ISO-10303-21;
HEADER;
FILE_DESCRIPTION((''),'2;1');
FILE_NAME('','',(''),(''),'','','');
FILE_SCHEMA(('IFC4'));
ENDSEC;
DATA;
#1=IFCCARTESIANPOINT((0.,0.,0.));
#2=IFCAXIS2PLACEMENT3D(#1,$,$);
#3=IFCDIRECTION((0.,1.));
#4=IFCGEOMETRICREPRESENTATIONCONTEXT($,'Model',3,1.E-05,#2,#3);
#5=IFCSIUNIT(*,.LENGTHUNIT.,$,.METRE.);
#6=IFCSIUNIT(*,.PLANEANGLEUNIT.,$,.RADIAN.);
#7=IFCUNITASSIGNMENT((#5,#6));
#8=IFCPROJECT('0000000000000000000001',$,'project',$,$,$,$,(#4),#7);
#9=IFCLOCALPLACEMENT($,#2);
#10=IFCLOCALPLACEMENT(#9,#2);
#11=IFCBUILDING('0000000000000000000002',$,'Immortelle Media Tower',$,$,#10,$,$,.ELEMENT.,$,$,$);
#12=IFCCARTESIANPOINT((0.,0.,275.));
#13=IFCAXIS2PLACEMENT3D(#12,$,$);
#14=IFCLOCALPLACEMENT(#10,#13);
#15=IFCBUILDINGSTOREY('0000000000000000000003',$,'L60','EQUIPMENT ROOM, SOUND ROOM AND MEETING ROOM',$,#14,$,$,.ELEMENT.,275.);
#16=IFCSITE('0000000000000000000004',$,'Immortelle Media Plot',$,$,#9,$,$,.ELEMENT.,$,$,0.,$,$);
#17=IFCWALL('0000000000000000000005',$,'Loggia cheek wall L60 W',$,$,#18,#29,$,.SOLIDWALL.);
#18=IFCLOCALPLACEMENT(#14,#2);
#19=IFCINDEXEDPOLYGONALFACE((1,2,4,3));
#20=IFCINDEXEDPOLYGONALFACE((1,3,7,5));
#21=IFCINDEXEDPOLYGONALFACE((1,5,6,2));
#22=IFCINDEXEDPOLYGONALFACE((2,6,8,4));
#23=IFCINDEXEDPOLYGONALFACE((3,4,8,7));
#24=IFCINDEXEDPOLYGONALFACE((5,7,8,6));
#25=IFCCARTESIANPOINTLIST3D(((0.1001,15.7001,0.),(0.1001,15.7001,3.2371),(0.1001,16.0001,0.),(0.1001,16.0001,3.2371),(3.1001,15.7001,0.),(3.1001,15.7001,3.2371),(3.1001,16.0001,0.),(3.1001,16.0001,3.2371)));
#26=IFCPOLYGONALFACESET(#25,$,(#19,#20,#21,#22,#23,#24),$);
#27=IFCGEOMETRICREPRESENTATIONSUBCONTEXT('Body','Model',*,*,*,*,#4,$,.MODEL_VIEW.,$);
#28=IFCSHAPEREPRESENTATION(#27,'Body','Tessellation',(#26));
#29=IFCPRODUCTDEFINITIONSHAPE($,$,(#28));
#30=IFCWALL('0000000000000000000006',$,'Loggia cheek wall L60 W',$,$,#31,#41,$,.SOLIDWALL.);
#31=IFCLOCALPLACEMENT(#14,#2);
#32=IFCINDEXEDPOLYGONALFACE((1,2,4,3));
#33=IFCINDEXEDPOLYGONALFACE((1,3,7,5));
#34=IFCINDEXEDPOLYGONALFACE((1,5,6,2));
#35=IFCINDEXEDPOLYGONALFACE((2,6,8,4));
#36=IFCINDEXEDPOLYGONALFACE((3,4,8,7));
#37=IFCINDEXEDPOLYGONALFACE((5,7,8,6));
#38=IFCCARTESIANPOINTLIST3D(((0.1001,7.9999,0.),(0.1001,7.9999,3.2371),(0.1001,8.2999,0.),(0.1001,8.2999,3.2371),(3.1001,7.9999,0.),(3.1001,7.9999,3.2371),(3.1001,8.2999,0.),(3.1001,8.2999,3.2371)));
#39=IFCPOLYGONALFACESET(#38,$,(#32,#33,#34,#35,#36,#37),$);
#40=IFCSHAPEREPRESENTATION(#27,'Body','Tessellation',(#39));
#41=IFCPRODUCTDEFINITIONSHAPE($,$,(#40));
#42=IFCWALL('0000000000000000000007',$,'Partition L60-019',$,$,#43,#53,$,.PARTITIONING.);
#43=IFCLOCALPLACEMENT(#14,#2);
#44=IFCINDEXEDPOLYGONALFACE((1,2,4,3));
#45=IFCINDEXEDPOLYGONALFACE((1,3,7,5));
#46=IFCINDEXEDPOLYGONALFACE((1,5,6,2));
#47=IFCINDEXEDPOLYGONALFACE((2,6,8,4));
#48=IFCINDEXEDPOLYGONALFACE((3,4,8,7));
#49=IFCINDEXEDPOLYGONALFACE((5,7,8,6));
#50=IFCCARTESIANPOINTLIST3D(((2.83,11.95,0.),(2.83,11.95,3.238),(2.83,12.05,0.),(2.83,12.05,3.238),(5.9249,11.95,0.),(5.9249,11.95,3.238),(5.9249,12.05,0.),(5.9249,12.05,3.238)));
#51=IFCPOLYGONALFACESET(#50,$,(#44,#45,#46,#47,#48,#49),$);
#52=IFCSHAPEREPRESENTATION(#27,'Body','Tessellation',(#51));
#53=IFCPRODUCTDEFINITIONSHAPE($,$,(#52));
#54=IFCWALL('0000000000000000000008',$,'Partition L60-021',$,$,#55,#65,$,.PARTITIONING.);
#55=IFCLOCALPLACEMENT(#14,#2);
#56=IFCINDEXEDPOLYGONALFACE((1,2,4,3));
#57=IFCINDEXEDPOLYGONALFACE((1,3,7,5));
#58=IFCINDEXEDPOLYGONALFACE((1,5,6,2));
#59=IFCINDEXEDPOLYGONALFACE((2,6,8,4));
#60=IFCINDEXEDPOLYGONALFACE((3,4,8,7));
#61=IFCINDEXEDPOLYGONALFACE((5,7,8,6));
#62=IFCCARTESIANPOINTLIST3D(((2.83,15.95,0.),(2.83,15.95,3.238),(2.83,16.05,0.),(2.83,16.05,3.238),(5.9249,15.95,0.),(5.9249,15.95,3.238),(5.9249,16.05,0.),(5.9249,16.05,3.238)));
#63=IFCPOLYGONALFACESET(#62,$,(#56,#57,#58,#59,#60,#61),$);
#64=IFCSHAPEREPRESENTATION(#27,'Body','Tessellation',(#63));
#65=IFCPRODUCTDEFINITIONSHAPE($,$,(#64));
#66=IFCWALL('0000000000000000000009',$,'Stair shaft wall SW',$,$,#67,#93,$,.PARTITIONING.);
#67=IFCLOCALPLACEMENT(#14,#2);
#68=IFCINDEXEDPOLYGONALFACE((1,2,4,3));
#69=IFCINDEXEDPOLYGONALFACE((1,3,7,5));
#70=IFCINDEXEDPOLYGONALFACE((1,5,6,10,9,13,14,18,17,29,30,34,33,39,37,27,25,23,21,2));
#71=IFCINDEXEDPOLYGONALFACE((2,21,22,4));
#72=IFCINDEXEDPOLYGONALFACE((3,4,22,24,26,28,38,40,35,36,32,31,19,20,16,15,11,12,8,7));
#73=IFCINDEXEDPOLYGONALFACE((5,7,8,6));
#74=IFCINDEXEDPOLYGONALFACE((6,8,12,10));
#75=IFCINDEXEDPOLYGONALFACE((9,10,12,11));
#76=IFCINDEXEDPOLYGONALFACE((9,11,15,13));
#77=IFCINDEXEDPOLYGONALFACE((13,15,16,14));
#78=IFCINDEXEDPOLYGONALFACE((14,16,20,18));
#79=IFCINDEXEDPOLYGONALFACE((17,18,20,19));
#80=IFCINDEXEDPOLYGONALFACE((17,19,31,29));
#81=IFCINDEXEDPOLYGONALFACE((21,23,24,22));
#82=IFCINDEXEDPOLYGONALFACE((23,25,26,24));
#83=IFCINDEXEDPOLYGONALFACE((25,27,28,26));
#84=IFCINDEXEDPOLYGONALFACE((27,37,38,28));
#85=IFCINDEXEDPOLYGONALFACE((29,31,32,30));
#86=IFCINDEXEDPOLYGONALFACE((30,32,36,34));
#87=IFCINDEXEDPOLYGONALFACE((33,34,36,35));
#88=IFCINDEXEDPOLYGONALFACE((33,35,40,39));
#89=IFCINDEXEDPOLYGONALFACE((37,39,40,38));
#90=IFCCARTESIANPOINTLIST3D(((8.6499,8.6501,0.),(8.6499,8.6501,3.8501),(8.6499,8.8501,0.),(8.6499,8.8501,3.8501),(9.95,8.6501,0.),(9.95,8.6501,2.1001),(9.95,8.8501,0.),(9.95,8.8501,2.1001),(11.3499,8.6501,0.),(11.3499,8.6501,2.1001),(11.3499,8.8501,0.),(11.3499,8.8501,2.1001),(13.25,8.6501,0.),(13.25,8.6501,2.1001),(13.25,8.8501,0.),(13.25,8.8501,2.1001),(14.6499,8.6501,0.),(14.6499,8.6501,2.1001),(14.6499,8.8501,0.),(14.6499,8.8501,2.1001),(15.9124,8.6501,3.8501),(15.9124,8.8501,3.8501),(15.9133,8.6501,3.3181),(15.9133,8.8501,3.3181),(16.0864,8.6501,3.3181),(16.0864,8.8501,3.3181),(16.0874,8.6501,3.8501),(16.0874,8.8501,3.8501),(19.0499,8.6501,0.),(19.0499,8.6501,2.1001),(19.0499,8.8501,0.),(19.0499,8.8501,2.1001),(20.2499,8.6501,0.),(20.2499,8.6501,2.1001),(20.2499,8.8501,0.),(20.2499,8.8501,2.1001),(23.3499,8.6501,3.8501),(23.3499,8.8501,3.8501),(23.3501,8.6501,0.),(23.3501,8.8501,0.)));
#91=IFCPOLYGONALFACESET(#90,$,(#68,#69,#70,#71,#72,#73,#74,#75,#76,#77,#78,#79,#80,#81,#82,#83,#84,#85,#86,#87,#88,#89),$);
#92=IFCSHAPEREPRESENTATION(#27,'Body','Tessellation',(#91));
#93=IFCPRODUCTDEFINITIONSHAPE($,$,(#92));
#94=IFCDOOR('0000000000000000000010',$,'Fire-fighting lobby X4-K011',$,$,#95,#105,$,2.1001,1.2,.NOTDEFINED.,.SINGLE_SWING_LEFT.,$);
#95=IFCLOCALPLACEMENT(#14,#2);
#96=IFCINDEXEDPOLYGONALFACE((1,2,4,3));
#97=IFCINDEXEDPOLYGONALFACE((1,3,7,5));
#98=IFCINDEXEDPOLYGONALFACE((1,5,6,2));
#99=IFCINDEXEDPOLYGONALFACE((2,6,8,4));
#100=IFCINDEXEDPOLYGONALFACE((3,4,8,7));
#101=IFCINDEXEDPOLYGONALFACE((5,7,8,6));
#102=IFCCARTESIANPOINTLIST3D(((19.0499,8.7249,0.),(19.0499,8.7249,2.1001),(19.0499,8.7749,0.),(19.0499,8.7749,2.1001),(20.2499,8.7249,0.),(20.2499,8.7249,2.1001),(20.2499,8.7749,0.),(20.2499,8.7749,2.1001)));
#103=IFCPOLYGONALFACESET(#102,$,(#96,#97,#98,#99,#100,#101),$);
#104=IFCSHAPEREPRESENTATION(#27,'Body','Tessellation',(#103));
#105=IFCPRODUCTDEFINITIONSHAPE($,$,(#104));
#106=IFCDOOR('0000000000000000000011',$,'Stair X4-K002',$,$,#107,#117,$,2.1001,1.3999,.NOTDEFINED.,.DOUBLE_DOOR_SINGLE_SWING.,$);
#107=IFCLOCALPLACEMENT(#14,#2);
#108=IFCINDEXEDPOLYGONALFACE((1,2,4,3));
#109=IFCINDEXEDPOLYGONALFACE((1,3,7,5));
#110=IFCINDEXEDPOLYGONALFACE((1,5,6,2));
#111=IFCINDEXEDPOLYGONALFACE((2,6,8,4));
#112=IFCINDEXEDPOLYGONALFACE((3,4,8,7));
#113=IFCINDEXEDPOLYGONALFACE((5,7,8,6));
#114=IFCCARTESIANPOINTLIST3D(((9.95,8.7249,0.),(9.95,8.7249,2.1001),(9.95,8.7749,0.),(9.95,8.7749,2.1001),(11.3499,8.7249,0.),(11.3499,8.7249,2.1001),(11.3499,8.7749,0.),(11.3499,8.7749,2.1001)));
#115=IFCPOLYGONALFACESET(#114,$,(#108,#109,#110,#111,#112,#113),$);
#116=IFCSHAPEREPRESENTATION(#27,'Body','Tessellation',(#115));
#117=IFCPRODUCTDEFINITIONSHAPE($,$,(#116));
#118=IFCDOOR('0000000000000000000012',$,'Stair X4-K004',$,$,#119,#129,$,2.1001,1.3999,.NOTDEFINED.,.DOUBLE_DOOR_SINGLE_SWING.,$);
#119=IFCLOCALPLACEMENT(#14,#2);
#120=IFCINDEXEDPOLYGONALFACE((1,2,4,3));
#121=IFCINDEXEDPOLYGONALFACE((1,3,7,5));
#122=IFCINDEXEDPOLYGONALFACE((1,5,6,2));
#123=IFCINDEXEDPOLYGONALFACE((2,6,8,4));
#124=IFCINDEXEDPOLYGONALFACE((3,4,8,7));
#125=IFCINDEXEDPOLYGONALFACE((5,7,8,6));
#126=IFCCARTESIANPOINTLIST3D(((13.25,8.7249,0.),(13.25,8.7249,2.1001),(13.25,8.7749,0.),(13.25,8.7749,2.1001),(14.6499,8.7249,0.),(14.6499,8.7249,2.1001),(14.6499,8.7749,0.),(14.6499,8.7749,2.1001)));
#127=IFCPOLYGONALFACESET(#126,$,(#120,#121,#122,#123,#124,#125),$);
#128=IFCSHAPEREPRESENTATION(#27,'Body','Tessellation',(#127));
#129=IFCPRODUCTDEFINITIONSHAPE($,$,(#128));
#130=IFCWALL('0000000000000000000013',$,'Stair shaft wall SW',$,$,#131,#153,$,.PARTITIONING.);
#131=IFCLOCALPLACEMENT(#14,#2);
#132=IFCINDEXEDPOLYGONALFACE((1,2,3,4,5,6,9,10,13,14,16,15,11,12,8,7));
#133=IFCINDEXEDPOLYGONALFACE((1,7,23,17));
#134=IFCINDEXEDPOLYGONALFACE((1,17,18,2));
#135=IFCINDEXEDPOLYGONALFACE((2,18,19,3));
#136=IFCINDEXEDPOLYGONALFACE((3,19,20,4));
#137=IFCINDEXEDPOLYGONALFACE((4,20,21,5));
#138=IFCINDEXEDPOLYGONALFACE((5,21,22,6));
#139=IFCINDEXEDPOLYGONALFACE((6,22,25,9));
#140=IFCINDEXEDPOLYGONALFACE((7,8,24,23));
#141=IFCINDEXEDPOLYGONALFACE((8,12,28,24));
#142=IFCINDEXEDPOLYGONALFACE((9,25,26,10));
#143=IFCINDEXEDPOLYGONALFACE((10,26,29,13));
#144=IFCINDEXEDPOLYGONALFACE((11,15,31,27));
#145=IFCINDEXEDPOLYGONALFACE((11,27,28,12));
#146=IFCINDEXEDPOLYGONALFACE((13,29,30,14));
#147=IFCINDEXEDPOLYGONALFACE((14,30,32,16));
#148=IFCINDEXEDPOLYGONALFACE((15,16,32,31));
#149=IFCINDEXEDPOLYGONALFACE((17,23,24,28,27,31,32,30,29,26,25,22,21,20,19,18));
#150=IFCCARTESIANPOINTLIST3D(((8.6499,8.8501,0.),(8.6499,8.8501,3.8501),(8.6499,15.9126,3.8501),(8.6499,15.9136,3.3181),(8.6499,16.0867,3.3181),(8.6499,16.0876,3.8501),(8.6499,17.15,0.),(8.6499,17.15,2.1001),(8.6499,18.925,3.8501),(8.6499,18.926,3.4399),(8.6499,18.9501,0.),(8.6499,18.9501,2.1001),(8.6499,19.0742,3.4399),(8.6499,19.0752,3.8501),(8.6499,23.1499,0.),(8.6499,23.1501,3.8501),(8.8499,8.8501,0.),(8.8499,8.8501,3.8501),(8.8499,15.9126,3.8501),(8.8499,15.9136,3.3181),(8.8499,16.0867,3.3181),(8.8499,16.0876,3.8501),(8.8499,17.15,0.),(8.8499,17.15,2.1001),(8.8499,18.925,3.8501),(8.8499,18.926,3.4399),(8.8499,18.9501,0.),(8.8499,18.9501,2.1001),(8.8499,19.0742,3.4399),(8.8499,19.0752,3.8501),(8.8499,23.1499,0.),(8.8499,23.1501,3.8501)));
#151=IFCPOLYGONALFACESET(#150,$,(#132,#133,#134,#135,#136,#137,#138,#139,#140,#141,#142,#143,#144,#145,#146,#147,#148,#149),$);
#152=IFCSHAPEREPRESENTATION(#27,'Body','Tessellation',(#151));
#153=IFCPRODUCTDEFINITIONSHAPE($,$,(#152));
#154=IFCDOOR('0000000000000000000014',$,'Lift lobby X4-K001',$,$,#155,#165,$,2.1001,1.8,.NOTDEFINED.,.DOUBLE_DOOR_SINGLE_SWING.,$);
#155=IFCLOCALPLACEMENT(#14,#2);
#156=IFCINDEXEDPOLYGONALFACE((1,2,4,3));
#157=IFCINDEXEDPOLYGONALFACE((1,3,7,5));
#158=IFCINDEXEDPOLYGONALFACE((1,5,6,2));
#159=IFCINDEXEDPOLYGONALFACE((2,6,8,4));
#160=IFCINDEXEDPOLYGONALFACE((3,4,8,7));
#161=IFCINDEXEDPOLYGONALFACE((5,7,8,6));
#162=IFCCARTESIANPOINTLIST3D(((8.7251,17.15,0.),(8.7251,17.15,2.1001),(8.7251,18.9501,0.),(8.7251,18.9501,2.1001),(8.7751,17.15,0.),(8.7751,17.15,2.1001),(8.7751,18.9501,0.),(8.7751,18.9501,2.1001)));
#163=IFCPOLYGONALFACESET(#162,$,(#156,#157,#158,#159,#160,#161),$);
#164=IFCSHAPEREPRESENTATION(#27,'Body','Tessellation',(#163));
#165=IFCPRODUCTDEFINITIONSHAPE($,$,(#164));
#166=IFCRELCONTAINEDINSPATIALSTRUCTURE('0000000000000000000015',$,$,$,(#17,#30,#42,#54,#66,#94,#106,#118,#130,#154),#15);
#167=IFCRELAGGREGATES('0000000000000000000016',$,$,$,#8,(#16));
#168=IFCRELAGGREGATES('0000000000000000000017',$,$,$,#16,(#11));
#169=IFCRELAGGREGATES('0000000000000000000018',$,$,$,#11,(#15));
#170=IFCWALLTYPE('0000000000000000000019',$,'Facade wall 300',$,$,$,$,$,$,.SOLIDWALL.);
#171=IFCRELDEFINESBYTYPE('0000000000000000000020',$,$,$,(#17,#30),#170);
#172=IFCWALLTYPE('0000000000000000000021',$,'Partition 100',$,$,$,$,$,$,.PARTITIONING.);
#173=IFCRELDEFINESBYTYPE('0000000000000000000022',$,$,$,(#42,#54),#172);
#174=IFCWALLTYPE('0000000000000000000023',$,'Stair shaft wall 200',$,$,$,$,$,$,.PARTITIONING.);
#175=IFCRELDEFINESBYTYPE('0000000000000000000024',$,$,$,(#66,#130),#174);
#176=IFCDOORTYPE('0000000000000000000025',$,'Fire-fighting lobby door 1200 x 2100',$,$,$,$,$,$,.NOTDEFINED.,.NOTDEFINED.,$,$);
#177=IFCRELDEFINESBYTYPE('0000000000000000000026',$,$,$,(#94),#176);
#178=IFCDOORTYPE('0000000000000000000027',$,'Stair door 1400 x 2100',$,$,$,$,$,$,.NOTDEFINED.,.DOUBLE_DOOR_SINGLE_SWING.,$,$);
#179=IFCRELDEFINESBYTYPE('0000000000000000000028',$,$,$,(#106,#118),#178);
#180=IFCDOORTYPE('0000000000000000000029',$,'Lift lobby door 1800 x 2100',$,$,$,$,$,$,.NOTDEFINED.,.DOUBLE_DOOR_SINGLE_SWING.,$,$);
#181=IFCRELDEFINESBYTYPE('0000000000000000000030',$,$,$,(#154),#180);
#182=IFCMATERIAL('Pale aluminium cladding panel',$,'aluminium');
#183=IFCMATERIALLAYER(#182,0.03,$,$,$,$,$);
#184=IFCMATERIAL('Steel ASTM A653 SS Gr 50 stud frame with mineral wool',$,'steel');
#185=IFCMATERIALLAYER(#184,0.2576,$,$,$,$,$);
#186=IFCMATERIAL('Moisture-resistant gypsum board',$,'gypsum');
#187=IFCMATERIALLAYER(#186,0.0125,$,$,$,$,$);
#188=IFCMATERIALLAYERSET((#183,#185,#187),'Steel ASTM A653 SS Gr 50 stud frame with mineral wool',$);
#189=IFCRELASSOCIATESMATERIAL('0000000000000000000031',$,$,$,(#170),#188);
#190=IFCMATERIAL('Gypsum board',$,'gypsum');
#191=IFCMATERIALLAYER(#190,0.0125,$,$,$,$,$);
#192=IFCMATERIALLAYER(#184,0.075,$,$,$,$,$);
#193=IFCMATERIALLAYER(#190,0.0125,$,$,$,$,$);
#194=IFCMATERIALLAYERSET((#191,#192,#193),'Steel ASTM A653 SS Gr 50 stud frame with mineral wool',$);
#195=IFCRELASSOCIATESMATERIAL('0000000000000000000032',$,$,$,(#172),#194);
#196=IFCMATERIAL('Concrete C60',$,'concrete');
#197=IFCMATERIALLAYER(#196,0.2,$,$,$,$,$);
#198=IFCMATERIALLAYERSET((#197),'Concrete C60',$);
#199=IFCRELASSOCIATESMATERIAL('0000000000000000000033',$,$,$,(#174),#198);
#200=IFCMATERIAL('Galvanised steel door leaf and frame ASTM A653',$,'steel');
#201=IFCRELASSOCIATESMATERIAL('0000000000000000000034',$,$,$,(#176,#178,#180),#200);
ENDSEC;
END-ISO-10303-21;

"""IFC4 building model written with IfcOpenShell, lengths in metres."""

from ifc_helpers import new_model, si_unit, direction, frame, frame_2d, origin, place, context, subcontext, project, spatial, polyline, rectangle, outline, extrude, material, layer, layer_set, type_object, element, fill, save


model = new_model("IFC4")

# Units and contexts
model_context = context("Model", 3, precision=1e-05, world=origin(), true_north=direction((0.0, 1.0)))
body_context = subcontext(model_context, "Body", "Model", "MODEL_VIEW")
ifc_project = project(units=[si_unit("LENGTHUNIT", "METRE"), si_unit("PLANEANGLEUNIT", "RADIAN")], contexts=[model_context])

# Site, building, storey
site_placement = place(None, origin())
site = spatial("IfcSite", under=ifc_project, at=site_placement, Name="Immortelle Media Plot", CompositionType="ELEMENT", RefElevation=0.0)
building_placement = place(site_placement, origin())
building = spatial("IfcBuilding", under=site, at=building_placement, Name="Immortelle Media Tower", CompositionType="ELEMENT")
storey_placement = place(building_placement, frame((0.0, 0.0, 275.0)))
storey = spatial("IfcBuildingStorey", under=building, at=storey_placement, Name="L60", Description="EQUIPMENT ROOM, SOUND ROOM AND MEETING ROOM", CompositionType="ELEMENT", Elevation=275.0)

# Shared definitions
ifc_material_1 = material(Name="Pale aluminium cladding panel", Category="aluminium")
ifc_layer_1 = layer(ifc_material_1, 0.03)
ifc_material_2 = material(Name="Steel ASTM A653 SS Gr 50 stud frame with mineral wool", Category="steel")
ifc_layer_2 = layer(ifc_material_2, 0.2576)
ifc_material_3 = material(Name="Moisture-resistant gypsum board", Category="gypsum")
ifc_layer_3 = layer(ifc_material_3, 0.0125)
ifc_layer_set_1 = layer_set([ifc_layer_1, ifc_layer_2, ifc_layer_3], Name="Steel ASTM A653 SS Gr 50 stud frame with mineral wool")
wall_type_1 = type_object("IfcWallType", Name="Facade wall 300", PredefinedType="SOLIDWALL", material=ifc_layer_set_1)

# Walls
for number, where, z_axis, x_axis, name in (
    (1, (0.1001, 15.8501, 0.0), (0.0, 0.0, 1.0), (1.0, 0.0, 0.0), "Loggia cheek wall L60 W"),
    (2, (0.1001, 8.1499, 0.0), (0.0, 0.0, 1.0), (1.0, 0.0, 0.0), "Loggia cheek wall L60 W"),
):
    element("IfcWall", number, at=place(storey_placement, frame(where, z_axis=z_axis, x_axis=x_axis)), inside=storey, type_object=wall_type_1, Name=name, PredefinedType="SOLIDWALL", context=body_context, shape_type="SweptSolid", body=[
        extrude(rectangle(XDim=3.0, YDim=0.3, at=frame_2d((1.5, 0.0))), origin(), (0.0, 0.0, 1.0), 3.2371),
    ])
ifc_material_4 = material(Name="Gypsum board", Category="gypsum")
ifc_layer_4 = layer(ifc_material_4, 0.0125)
ifc_layer_5 = layer(ifc_material_2, 0.075)
ifc_layer_6 = layer(ifc_material_4, 0.0125)
ifc_layer_set_2 = layer_set([ifc_layer_4, ifc_layer_5, ifc_layer_6], Name="Steel ASTM A653 SS Gr 50 stud frame with mineral wool")
wall_type_2 = type_object("IfcWallType", Name="Partition 100", PredefinedType="PARTITIONING", material=ifc_layer_set_2)
for number, where, z_axis, x_axis, name in (
    (3, (2.8301, 12.0, 0.0), (0.0, 0.0, 1.0), (1.0, 0.0, 0.0), "Partition L60-019"),
    (4, (2.8301, 16.0, 0.0), (0.0, 0.0, 1.0), (1.0, 0.0, 0.0), "Partition L60-021"),
):
    element("IfcWall", number, at=place(storey_placement, frame(where, z_axis=z_axis, x_axis=x_axis)), inside=storey, type_object=wall_type_2, Name=name, PredefinedType="PARTITIONING", context=body_context, shape_type="SweptSolid", body=[
        extrude(rectangle(XDim=3.095, YDim=0.1001, at=frame_2d((1.5474, 0.0))), origin(), (0.0, 0.0, 1.0), 3.238),
    ])

# Wall, openings, doors
ifc_material_5 = material(Name="Concrete C60", Category="concrete")
ifc_layer_7 = layer(ifc_material_5, 0.2)
ifc_layer_set_3 = layer_set([ifc_layer_7], Name="Concrete C60")
wall_type_3 = type_object("IfcWallType", Name="Stair shaft wall 200", PredefinedType="PARTITIONING", material=ifc_layer_set_3)
wall_1_placement = place(storey_placement, frame((8.6499, 8.75, 0.0), z_axis=(0.0, 0.0, 1.0), x_axis=(1.0, 0.0, 0.0)))
wall_1 = element("IfcWall", 5, at=wall_1_placement, inside=storey, type_object=wall_type_3, Name="Stair shaft wall SW", PredefinedType="PARTITIONING", context=body_context, shape_type="SweptSolid", body=[
    extrude(outline(polyline([(0.0, 0.0), (14.7002, 0.0), (14.7, 3.8501), (7.4375, 3.8501), (7.4365, 3.3181), (7.2634, 3.3181), (7.2625, 3.8501), (0.0, 3.8501), (0.0, 0.0)])), frame((0.0, 0.1001, 0.0), z_axis=(0.0, -1.0, 0.0), x_axis=(1.0, 0.0, 0.0)), (0.0, 0.0, 1.0), 0.2),
])
opening_1_placement = place(wall_1_placement, frame((1.3, 0.0, 0.0)))
opening_1 = element("IfcOpeningElement", 6, at=opening_1_placement, cuts=wall_1, PredefinedType="OPENING", context=body_context, shape_type="SweptSolid", body=[
    extrude(rectangle(XDim=1.3999, YDim=2.1001, at=frame_2d((0.7, 1.05))), frame((0.0, 0.1099, 0.0), z_axis=(0.0, -1.0, 0.0), x_axis=(1.0, 0.0, 0.0)), (0.0, 0.0, 1.0), 0.22),
])
opening_2_placement = place(wall_1_placement, frame((4.6001, 0.0, 0.0)))
opening_2 = element("IfcOpeningElement", 7, at=opening_2_placement, cuts=wall_1, PredefinedType="OPENING", context=body_context, shape_type="SweptSolid", body=[
    extrude(rectangle(XDim=1.3999, YDim=2.1001, at=frame_2d((0.7, 1.05))), frame((0.0, 0.1099, 0.0), z_axis=(0.0, -1.0, 0.0), x_axis=(1.0, 0.0, 0.0)), (0.0, 0.0, 1.0), 0.22),
])
opening_3_placement = place(wall_1_placement, frame((10.3999, 0.0, 0.0)))
opening_3 = element("IfcOpeningElement", 8, at=opening_3_placement, cuts=wall_1, PredefinedType="OPENING", context=body_context, shape_type="SweptSolid", body=[
    extrude(rectangle(XDim=1.2, YDim=2.1001, at=frame_2d((0.6001, 1.05))), frame((0.0, 0.1099, 0.0), z_axis=(0.0, -1.0, 0.0), x_axis=(1.0, 0.0, 0.0)), (0.0, 0.0, 1.0), 0.22),
])
ifc_material_6 = material(Name="Galvanised steel door leaf and frame ASTM A653", Category="steel")
door_type_1 = type_object("IfcDoorType", Name="Fire-fighting lobby door 1200 x 2100", OperationType="NOTDEFINED", PredefinedType="NOTDEFINED", material=ifc_material_6)
door_1_placement = place(opening_3_placement, origin())
door_1 = element("IfcDoor", 9, at=door_1_placement, inside=storey, type_object=door_type_1, Name="Fire-fighting lobby X4-K011", OperationType="SINGLE_SWING_LEFT", OverallHeight=2.1001, OverallWidth=1.2, PredefinedType="NOTDEFINED", context=body_context, shape_type="SweptSolid", body=[
    extrude(rectangle(XDim=1.2, YDim=2.1001, at=frame_2d((0.6001, 1.05))), frame((0.0, 0.0249, 0.0), z_axis=(0.0, -1.0, 0.0), x_axis=(1.0, 0.0, 0.0)), (0.0, 0.0, 1.0), 0.05),
])
fill(opening_3, door_1)
door_type_2 = type_object("IfcDoorType", Name="Stair door 1400 x 2100", OperationType="DOUBLE_DOOR_SINGLE_SWING", PredefinedType="NOTDEFINED", material=ifc_material_6)
door_2_placement = place(opening_1_placement, origin())
door_2 = element("IfcDoor", 10, at=door_2_placement, inside=storey, type_object=door_type_2, Name="Stair X4-K002", OperationType="DOUBLE_DOOR_SINGLE_SWING", OverallHeight=2.1001, OverallWidth=1.3999, PredefinedType="NOTDEFINED", context=body_context, shape_type="SweptSolid", body=[
    extrude(rectangle(XDim=1.3999, YDim=2.1001, at=frame_2d((0.7, 1.05))), frame((0.0, 0.0249, 0.0), z_axis=(0.0, -1.0, 0.0), x_axis=(1.0, 0.0, 0.0)), (0.0, 0.0, 1.0), 0.05),
])
fill(opening_1, door_2)
door_3_placement = place(opening_2_placement, origin())
door_3 = element("IfcDoor", 11, at=door_3_placement, inside=storey, type_object=door_type_2, Name="Stair X4-K004", OperationType="DOUBLE_DOOR_SINGLE_SWING", OverallHeight=2.1001, OverallWidth=1.3999, PredefinedType="NOTDEFINED", context=body_context, shape_type="SweptSolid", body=[
    extrude(rectangle(XDim=1.3999, YDim=2.1001, at=frame_2d((0.7, 1.05))), frame((0.0, 0.0249, 0.0), z_axis=(0.0, -1.0, 0.0), x_axis=(1.0, 0.0, 0.0)), (0.0, 0.0, 1.0), 0.05),
])
fill(opening_2, door_3)

# Wall, opening, door
wall_2_placement = place(storey_placement, frame((8.75, 8.8501, 0.0), z_axis=(0.0, 0.0, 1.0), x_axis=(0.0, 1.0, 0.0)))
wall_2 = element("IfcWall", 12, at=wall_2_placement, inside=storey, type_object=wall_type_3, Name="Stair shaft wall SW", PredefinedType="PARTITIONING", context=body_context, shape_type="SweptSolid", body=[
    extrude(outline(polyline([(0.0, 0.0), (14.2998, 0.0), (14.3, 3.8501), (10.2251, 3.8501), (10.2241, 3.4399), (10.0759, 3.4399), (10.075, 3.8501), (7.2375, 3.8501), (7.2366, 3.3181), (7.0635, 3.3181), (7.0625, 3.8501), (0.0, 3.8501), (0.0, 0.0)])), frame((0.0, 0.1001, 0.0), z_axis=(0.0, -1.0, 0.0), x_axis=(1.0, 0.0, 0.0)), (0.0, 0.0, 1.0), 0.2),
])
opening_4_placement = place(wall_2_placement, frame((8.3, 0.0, 0.0)))
opening_4 = element("IfcOpeningElement", 13, at=opening_4_placement, cuts=wall_2, PredefinedType="OPENING", context=body_context, shape_type="SweptSolid", body=[
    extrude(rectangle(XDim=1.8, YDim=2.1001, at=frame_2d((0.8999, 1.05))), frame((0.0, 0.1099, 0.0), z_axis=(0.0, -1.0, 0.0), x_axis=(1.0, 0.0, 0.0)), (0.0, 0.0, 1.0), 0.22),
])
door_type_3 = type_object("IfcDoorType", Name="Lift lobby door 1800 x 2100", OperationType="DOUBLE_DOOR_SINGLE_SWING", PredefinedType="NOTDEFINED", material=ifc_material_6)
door_4_placement = place(opening_4_placement, origin())
door_4 = element("IfcDoor", 14, at=door_4_placement, inside=storey, type_object=door_type_3, Name="Lift lobby X4-K001", OperationType="DOUBLE_DOOR_SINGLE_SWING", OverallHeight=2.1001, OverallWidth=1.8, PredefinedType="NOTDEFINED", context=body_context, shape_type="SweptSolid", body=[
    extrude(rectangle(XDim=1.8, YDim=2.1001, at=frame_2d((0.8999, 1.05))), frame((0.0, 0.0249, 0.0), z_axis=(0.0, -1.0, 0.0), x_axis=(1.0, 0.0, 0.0)), (0.0, 0.0, 1.0), 0.05),
])
fill(opening_4, door_4)

save(model, "model.ifc")
